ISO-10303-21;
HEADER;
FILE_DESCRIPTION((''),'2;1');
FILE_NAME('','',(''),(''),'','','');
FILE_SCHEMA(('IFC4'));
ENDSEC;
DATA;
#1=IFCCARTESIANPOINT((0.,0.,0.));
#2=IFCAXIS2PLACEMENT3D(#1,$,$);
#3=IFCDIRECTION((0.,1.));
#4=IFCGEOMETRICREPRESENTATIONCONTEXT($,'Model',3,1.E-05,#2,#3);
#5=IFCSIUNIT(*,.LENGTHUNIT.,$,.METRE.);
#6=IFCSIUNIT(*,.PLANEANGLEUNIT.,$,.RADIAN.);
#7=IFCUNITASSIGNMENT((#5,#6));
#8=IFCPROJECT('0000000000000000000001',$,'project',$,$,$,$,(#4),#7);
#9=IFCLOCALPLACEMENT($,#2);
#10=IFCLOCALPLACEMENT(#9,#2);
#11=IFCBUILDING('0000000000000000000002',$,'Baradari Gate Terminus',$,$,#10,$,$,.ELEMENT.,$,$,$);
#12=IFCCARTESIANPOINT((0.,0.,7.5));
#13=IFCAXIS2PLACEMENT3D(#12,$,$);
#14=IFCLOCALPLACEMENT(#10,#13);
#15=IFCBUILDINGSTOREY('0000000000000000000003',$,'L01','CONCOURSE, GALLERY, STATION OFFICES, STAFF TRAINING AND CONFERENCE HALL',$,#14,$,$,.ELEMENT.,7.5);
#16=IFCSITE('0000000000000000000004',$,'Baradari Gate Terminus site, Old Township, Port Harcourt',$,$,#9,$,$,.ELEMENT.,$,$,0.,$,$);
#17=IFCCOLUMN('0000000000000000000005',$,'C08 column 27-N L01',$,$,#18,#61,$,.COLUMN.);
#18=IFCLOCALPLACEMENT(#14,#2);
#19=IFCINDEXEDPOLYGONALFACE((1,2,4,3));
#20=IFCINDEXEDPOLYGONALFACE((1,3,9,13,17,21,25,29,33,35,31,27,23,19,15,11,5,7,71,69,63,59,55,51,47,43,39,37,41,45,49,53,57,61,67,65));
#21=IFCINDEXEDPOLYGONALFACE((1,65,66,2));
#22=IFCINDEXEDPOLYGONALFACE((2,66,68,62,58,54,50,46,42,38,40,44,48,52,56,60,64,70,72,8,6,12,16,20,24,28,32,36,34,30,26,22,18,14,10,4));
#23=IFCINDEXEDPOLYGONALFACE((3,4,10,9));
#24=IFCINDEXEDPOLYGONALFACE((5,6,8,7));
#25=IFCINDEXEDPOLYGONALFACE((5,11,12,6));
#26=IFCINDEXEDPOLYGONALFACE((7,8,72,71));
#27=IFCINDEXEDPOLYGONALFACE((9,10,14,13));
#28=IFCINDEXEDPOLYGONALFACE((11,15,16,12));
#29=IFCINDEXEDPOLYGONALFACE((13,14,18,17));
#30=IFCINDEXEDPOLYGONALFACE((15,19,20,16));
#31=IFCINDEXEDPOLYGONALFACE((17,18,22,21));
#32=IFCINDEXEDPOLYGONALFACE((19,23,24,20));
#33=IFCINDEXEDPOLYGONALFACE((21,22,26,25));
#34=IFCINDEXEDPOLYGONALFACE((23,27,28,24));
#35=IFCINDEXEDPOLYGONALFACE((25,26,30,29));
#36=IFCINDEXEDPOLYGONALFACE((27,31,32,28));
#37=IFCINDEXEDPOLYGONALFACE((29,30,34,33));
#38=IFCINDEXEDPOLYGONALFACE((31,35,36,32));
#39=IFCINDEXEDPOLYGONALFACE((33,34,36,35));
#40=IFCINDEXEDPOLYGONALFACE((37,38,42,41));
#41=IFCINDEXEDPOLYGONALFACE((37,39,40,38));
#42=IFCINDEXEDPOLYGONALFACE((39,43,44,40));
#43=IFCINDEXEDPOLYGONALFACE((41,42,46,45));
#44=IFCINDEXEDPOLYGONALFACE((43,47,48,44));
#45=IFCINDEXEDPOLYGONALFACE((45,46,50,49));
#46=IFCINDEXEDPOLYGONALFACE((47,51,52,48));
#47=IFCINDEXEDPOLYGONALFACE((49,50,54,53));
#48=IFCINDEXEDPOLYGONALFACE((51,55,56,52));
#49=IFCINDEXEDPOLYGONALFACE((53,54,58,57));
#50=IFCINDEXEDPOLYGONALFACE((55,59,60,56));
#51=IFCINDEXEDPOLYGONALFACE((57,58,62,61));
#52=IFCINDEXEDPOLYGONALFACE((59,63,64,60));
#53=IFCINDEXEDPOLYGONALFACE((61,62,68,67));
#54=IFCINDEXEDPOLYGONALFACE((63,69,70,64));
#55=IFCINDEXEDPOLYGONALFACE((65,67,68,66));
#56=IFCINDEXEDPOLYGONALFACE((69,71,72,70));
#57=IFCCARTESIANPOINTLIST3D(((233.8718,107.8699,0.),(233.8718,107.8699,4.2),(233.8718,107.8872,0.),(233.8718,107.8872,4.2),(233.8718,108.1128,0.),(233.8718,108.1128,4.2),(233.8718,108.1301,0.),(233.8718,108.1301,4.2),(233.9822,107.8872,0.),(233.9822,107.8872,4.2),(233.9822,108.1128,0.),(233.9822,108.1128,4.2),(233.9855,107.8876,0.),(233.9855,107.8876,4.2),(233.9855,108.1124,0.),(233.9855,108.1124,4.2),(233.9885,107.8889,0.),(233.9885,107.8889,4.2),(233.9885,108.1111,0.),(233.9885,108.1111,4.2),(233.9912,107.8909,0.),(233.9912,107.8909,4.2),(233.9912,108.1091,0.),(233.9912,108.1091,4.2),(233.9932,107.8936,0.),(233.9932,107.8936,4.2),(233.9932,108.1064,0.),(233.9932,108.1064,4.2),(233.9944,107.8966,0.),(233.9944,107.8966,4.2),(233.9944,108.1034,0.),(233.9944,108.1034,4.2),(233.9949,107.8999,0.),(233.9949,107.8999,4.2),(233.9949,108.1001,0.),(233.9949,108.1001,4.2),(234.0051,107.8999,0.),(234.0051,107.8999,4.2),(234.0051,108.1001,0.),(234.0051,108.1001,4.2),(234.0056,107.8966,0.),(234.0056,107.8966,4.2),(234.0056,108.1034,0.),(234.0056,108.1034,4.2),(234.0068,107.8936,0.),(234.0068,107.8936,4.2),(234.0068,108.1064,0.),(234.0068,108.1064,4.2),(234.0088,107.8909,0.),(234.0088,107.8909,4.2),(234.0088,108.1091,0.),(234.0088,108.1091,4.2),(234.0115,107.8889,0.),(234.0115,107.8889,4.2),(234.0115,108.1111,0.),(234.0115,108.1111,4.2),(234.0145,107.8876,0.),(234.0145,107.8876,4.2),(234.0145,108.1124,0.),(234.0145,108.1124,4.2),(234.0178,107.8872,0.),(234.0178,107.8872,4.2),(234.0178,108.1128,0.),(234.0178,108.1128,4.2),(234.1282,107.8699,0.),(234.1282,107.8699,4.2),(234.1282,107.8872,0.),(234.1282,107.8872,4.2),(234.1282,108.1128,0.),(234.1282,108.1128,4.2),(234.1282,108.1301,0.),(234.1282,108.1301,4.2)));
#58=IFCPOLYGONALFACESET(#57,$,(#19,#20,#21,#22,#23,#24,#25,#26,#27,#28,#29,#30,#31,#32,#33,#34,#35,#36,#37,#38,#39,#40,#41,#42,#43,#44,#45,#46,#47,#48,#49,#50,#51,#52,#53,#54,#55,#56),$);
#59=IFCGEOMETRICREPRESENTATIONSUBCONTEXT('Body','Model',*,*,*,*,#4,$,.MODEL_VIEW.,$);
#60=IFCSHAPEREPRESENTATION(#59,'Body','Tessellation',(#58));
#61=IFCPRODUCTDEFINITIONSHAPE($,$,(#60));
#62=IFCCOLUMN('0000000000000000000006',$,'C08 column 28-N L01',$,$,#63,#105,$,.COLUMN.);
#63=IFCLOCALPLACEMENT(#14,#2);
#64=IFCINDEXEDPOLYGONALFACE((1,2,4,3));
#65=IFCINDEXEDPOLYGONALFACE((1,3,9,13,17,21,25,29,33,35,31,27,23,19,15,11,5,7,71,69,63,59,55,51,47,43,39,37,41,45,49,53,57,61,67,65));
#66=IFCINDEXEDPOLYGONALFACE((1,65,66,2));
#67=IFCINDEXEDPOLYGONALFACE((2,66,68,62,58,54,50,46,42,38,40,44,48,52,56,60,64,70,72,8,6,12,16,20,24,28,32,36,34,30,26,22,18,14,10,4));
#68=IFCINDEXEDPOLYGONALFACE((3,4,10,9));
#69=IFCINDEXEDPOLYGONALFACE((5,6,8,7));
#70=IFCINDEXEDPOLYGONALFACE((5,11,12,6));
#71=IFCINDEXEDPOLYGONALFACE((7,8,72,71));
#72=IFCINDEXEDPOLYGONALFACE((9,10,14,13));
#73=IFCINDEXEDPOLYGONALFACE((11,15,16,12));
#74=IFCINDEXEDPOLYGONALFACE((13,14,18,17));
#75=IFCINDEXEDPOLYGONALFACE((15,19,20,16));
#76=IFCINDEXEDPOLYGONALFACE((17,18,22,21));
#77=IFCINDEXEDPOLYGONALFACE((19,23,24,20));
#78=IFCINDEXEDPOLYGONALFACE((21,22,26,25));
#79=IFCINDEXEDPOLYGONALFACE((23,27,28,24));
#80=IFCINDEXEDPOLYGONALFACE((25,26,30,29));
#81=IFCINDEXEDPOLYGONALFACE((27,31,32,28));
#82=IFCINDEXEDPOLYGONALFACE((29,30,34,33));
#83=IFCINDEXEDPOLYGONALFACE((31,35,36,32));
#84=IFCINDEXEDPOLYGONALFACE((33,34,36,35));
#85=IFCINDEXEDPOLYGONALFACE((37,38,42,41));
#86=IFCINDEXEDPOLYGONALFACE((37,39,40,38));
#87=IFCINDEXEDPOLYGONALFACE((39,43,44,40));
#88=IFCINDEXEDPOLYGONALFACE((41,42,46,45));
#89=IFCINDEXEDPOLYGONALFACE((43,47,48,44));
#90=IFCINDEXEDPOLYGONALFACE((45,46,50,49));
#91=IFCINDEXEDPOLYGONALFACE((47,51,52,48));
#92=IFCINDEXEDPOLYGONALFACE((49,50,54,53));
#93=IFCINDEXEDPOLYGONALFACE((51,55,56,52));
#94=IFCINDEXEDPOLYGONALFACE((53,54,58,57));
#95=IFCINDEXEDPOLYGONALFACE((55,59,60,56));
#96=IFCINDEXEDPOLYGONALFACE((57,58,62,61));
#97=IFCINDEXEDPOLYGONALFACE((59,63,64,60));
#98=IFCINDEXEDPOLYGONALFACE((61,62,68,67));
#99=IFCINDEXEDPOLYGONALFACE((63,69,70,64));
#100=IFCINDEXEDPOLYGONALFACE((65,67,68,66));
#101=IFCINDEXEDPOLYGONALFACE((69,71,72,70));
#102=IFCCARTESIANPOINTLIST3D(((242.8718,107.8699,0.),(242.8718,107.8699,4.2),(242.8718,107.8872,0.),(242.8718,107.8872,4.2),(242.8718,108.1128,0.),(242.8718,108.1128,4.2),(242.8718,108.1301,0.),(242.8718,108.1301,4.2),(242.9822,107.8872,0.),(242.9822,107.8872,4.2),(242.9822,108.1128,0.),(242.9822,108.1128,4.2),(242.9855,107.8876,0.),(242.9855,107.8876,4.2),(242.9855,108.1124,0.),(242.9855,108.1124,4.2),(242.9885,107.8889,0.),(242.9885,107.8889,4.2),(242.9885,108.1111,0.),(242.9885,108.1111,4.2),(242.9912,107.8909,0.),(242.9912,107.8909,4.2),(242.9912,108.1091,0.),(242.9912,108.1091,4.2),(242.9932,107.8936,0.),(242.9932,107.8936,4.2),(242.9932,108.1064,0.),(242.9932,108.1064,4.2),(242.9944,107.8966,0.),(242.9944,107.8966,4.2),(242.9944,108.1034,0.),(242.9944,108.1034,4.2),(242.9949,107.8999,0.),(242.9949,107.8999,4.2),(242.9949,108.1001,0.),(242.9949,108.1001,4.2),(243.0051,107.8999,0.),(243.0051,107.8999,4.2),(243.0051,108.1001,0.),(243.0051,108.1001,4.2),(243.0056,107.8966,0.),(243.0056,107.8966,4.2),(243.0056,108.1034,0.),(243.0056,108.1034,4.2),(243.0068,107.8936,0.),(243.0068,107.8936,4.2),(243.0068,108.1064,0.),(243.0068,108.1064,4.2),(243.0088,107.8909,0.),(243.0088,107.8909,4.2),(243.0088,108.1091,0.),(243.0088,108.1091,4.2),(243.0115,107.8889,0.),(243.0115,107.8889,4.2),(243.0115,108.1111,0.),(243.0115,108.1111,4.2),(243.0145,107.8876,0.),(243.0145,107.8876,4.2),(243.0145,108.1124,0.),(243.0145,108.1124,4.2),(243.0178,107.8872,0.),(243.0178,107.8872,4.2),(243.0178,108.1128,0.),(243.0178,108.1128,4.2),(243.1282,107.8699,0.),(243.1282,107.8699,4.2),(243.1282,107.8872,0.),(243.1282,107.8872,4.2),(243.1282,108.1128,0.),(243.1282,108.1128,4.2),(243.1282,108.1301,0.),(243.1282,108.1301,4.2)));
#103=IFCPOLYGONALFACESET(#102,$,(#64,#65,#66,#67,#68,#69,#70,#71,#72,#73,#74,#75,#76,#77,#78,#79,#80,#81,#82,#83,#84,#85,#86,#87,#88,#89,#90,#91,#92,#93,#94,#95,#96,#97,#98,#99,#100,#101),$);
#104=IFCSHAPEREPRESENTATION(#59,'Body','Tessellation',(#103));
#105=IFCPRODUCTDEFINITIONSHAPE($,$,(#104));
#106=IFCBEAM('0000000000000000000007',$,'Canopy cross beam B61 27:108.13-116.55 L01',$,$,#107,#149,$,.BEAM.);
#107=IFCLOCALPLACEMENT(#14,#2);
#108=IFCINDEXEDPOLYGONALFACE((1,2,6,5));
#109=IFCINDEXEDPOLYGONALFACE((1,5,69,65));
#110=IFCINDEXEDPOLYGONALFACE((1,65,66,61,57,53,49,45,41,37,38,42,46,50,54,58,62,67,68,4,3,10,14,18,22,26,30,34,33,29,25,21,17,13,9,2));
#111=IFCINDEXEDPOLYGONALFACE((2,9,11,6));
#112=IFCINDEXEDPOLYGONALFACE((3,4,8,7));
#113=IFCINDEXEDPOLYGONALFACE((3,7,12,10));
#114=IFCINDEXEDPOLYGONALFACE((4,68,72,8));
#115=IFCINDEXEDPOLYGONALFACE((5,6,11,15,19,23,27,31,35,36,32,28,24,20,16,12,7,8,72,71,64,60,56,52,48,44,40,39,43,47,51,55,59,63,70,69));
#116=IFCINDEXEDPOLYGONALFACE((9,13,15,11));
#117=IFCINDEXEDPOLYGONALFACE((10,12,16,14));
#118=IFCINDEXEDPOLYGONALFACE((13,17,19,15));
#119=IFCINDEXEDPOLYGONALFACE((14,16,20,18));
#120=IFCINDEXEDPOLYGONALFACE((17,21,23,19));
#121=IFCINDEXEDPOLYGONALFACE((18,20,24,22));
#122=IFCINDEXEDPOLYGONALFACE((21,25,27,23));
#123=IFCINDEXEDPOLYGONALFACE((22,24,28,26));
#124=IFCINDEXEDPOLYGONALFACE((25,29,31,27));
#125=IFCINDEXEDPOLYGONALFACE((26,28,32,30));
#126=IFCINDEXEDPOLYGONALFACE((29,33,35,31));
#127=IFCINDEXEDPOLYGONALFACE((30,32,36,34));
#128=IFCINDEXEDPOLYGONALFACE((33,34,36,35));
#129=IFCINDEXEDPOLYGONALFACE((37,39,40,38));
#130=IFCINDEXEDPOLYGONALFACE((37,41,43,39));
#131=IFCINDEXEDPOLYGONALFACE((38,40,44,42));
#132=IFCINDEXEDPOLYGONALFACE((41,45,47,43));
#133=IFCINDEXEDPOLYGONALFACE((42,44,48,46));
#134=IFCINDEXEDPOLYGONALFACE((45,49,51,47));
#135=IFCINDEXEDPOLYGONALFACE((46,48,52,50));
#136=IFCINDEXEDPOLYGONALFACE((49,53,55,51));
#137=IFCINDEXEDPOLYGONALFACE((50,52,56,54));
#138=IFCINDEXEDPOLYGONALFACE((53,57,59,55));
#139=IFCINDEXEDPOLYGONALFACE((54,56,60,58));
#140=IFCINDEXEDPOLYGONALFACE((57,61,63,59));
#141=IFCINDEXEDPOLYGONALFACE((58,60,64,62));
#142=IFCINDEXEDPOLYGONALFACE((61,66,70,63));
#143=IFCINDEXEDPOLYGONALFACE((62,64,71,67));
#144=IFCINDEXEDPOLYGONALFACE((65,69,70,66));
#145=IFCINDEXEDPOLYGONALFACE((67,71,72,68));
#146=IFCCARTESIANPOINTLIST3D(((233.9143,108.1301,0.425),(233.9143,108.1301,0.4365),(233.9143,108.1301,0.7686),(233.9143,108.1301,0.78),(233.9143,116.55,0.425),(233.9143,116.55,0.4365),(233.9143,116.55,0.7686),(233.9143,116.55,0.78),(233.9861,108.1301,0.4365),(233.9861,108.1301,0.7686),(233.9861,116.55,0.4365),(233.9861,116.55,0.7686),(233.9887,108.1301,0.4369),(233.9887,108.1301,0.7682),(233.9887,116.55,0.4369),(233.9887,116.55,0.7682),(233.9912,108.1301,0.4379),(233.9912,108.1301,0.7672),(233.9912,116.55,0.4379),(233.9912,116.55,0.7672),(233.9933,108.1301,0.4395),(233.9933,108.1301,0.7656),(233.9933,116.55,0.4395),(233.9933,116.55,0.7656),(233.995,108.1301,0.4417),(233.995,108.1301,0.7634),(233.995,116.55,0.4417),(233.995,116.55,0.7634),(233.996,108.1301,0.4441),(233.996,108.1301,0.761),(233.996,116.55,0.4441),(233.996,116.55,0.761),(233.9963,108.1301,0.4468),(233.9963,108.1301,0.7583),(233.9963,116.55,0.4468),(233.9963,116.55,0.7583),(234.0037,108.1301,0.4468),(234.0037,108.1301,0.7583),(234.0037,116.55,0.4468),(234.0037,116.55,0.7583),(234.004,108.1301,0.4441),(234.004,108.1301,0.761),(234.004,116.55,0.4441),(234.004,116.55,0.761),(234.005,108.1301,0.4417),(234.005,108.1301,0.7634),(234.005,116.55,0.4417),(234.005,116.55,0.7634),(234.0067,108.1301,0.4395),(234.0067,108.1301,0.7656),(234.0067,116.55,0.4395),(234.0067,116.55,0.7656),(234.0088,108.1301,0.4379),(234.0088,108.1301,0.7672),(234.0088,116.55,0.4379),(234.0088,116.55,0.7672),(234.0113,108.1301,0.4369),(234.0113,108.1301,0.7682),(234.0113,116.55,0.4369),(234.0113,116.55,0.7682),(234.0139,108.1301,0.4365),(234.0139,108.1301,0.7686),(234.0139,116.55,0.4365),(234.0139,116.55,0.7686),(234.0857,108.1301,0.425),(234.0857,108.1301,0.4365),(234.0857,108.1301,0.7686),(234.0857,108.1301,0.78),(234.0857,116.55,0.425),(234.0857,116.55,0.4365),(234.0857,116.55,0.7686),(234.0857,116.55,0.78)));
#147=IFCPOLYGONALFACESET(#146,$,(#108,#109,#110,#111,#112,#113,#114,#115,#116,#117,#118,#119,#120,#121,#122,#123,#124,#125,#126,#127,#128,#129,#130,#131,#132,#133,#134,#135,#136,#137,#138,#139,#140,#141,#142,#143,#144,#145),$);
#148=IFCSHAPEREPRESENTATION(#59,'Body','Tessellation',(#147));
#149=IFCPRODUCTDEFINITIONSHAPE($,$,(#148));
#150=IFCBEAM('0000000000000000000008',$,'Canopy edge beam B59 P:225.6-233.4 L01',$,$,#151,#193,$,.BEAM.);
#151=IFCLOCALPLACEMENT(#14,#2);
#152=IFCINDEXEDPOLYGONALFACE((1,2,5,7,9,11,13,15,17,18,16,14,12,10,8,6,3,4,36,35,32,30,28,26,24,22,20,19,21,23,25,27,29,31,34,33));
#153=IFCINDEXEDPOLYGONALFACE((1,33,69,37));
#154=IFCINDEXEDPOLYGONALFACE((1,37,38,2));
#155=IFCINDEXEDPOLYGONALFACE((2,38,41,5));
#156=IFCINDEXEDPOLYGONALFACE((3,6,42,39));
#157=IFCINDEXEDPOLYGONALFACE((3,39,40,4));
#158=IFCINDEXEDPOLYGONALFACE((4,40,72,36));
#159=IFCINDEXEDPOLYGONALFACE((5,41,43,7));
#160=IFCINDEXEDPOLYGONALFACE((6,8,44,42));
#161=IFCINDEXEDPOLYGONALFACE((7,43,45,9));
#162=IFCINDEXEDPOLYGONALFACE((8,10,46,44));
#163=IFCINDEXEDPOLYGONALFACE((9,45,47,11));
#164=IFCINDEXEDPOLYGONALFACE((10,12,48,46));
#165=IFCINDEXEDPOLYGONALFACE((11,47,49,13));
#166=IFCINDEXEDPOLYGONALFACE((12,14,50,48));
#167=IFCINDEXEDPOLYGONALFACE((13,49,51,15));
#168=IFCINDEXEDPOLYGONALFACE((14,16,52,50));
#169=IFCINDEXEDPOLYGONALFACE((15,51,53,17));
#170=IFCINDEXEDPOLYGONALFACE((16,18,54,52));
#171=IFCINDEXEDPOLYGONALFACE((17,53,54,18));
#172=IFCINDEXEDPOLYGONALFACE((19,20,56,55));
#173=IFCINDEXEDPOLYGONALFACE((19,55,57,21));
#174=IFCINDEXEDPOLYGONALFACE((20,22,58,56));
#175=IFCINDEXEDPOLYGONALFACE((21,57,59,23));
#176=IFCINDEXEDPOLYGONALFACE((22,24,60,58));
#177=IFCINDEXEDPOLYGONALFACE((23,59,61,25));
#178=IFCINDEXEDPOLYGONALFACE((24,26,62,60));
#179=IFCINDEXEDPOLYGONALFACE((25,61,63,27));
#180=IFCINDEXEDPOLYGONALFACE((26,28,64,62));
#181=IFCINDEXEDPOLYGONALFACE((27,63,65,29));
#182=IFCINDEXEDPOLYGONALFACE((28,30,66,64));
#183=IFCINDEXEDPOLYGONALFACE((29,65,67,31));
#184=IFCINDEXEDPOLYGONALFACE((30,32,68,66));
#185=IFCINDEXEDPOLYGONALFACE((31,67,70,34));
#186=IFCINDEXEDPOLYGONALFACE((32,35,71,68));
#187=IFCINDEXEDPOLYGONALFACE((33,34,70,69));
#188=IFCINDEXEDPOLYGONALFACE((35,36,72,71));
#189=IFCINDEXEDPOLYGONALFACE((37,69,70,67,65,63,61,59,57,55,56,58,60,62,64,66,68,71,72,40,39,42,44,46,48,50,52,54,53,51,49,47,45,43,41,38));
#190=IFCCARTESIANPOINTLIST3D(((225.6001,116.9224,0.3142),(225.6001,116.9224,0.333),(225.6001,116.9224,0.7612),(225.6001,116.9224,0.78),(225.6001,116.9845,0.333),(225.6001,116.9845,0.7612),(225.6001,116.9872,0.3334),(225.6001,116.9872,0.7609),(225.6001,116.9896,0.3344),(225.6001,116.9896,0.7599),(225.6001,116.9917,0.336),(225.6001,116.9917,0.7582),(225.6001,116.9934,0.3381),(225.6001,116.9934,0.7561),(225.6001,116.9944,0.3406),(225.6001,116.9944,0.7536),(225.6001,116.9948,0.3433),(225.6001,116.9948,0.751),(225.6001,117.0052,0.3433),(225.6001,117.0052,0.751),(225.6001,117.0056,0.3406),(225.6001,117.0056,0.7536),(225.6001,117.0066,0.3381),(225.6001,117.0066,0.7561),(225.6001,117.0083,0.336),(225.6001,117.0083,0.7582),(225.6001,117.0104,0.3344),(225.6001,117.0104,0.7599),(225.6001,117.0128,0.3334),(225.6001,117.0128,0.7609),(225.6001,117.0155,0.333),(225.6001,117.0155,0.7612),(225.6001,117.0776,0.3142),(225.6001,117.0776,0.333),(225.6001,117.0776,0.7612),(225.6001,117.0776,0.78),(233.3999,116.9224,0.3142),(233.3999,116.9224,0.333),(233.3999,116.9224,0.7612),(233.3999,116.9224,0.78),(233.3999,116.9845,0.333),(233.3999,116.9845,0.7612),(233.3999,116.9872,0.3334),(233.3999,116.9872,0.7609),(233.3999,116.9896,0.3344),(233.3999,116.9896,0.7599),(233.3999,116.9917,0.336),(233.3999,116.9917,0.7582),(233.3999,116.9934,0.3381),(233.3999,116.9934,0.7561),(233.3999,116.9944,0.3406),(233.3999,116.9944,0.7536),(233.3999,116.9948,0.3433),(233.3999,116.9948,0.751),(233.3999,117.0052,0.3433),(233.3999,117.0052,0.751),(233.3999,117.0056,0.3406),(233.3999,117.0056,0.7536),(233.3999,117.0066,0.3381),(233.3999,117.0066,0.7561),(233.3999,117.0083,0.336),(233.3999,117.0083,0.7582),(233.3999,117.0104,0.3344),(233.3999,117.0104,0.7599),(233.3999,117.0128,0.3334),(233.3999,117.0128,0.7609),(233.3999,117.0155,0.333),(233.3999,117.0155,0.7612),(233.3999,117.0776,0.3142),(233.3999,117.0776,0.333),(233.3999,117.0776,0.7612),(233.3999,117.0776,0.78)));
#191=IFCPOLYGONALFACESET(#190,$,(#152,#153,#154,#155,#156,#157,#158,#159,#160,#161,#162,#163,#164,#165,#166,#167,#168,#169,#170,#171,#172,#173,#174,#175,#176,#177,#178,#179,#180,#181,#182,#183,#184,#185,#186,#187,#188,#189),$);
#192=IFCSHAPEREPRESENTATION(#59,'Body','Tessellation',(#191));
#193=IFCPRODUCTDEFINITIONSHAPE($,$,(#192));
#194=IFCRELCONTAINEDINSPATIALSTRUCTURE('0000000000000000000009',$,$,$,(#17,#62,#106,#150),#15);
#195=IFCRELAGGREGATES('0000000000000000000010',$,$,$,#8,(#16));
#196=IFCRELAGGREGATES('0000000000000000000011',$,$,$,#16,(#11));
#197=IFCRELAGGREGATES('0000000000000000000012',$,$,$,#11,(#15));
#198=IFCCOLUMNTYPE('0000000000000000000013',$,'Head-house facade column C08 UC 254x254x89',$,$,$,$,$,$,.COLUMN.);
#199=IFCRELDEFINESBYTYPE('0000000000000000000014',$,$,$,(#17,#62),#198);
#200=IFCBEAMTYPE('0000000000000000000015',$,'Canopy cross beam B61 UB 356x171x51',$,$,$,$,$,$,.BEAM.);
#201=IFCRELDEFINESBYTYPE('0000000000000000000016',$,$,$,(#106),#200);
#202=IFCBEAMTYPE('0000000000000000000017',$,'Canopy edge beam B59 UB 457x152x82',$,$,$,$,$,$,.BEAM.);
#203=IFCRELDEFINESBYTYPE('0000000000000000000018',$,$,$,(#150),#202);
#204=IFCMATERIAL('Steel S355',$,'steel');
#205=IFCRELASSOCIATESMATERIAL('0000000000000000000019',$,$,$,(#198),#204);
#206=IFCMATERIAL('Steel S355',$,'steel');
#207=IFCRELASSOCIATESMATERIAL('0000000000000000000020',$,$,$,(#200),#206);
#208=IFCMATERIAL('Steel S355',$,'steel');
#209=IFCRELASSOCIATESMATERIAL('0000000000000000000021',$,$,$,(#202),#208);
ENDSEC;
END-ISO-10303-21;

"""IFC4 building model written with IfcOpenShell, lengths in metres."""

from ifc_helpers import new_model, si_unit, direction, frame, origin, origin_2d, place, context, subcontext, project, spatial, i_section, extrude, material, material_profile, profile_set, type_object, element, save


model = new_model("IFC4")

# Units and contexts
model_context = context("Model", 3, precision=1e-05, world=origin(), true_north=direction((0.0, 1.0)))
body_context = subcontext(model_context, "Body", "Model", "MODEL_VIEW")
ifc_project = project(units=[si_unit("LENGTHUNIT", "METRE"), si_unit("PLANEANGLEUNIT", "RADIAN")], contexts=[model_context])

# Site, building, storey
site_placement = place(None, origin())
site = spatial("IfcSite", under=ifc_project, at=site_placement, Name="Baradari Gate Terminus site, Old Township, Port Harcourt", CompositionType="ELEMENT", RefElevation=0.0)
building_placement = place(site_placement, origin())
building = spatial("IfcBuilding", under=site, at=building_placement, Name="Baradari Gate Terminus", CompositionType="ELEMENT")
storey_placement = place(building_placement, frame((0.0, 0.0, 7.5)))
storey = spatial("IfcBuildingStorey", under=building, at=storey_placement, Name="L01", Description="CONCOURSE, GALLERY, STATION OFFICES, STAFF TRAINING AND CONFERENCE HALL", CompositionType="ELEMENT", Elevation=7.5)

# Columns
ifc_material_1 = material(Name="Steel S355", Category="steel")
ifc_material_profile_1 = material_profile(ifc_material_1, i_section(OverallWidth=0.2563, OverallDepth=0.2603, WebThickness=0.0103, FlangeThickness=0.0173, FilletRadius=0.0127, at=origin_2d()), Name="UC 254x254x89")
ifc_profile_set_1 = profile_set([ifc_material_profile_1], Name="Steel S355")
column_type = type_object("IfcColumnType", Name="Head-house facade column C08 UC 254x254x89", PredefinedType="COLUMN", material=ifc_profile_set_1)
for number, where, z_axis, x_axis, name in (
    (1, (234.0, 108.0, 0.0), (0.0, 0.0, 1.0), (1.0, 0.0, 0.0), "C08 column 27-N L01"),
    (2, (243.0, 108.0, 0.0), (0.0, 0.0, 1.0), (1.0, 0.0, 0.0), "C08 column 28-N L01"),
):
    element("IfcColumn", number, at=place(storey_placement, frame(where, z_axis=z_axis, x_axis=x_axis)), inside=storey, type_object=column_type, Name=name, PredefinedType="COLUMN", context=body_context, shape_type="SweptSolid", body=[
        extrude(i_section(OverallWidth=0.2563, OverallDepth=0.2603, WebThickness=0.0103, FlangeThickness=0.0173, FilletRadius=0.0127, at=origin_2d()), origin(), (0.0, 0.0, 1.0), 4.2),
    ])

# Beams
ifc_material_2 = material(Name="Steel S355", Category="steel")
ifc_material_profile_2 = material_profile(ifc_material_2, i_section(OverallWidth=0.1714, OverallDepth=0.355, WebThickness=0.0073, FlangeThickness=0.0115, FilletRadius=0.0103, at=origin_2d()), Name="UB 356x171x51")
ifc_profile_set_2 = profile_set([ifc_material_profile_2], Name="Steel S355")
beam_type_1 = type_object("IfcBeamType", Name="Canopy cross beam B61 UB 356x171x51", PredefinedType="BEAM", material=ifc_profile_set_2)
beam_1_placement = place(storey_placement, frame((234.0, 108.1301, 0.6025), z_axis=(0.0, 1.0, 0.0), x_axis=(-1.0, 0.0, 0.0)))
element("IfcBeam", 3, at=beam_1_placement, inside=storey, type_object=beam_type_1, Name="Canopy cross beam B61 27:108.13-116.55 L01", PredefinedType="BEAM", context=body_context, shape_type="SweptSolid", body=[
    extrude(i_section(OverallWidth=0.1714, OverallDepth=0.355, WebThickness=0.0073, FlangeThickness=0.0115, FilletRadius=0.0103, at=origin_2d()), origin(), (0.0, 0.0, 1.0), 8.4199),
])
ifc_material_3 = material(Name="Steel S355", Category="steel")
ifc_material_profile_3 = material_profile(ifc_material_3, i_section(OverallWidth=0.1553, OverallDepth=0.4658, WebThickness=0.0105, FlangeThickness=0.0188, FilletRadius=0.0103, at=origin_2d()), Name="UB 457x152x82")
ifc_profile_set_3 = profile_set([ifc_material_profile_3], Name="Steel S355")
beam_type_2 = type_object("IfcBeamType", Name="Canopy edge beam B59 UB 457x152x82", PredefinedType="BEAM", material=ifc_profile_set_3)
for number, where, z_axis, x_axis, name in (
    (4, (225.6001, 117.0, 0.5471), (1.0, 0.0, 0.0), (0.0, 1.0, 0.0), "Canopy edge beam B59 P:225.6-233.4 L01"),
):
    element("IfcBeam", number, at=place(storey_placement, frame(where, z_axis=z_axis, x_axis=x_axis)), inside=storey, type_object=beam_type_2, Name=name, PredefinedType="BEAM", context=body_context, shape_type="SweptSolid", body=[
        extrude(i_section(OverallWidth=0.1553, OverallDepth=0.4658, WebThickness=0.0105, FlangeThickness=0.0188, FilletRadius=0.0103, at=origin_2d()), origin(), (0.0, 0.0, 1.0), 7.7998),
    ])

save(model, "model.ifc")
